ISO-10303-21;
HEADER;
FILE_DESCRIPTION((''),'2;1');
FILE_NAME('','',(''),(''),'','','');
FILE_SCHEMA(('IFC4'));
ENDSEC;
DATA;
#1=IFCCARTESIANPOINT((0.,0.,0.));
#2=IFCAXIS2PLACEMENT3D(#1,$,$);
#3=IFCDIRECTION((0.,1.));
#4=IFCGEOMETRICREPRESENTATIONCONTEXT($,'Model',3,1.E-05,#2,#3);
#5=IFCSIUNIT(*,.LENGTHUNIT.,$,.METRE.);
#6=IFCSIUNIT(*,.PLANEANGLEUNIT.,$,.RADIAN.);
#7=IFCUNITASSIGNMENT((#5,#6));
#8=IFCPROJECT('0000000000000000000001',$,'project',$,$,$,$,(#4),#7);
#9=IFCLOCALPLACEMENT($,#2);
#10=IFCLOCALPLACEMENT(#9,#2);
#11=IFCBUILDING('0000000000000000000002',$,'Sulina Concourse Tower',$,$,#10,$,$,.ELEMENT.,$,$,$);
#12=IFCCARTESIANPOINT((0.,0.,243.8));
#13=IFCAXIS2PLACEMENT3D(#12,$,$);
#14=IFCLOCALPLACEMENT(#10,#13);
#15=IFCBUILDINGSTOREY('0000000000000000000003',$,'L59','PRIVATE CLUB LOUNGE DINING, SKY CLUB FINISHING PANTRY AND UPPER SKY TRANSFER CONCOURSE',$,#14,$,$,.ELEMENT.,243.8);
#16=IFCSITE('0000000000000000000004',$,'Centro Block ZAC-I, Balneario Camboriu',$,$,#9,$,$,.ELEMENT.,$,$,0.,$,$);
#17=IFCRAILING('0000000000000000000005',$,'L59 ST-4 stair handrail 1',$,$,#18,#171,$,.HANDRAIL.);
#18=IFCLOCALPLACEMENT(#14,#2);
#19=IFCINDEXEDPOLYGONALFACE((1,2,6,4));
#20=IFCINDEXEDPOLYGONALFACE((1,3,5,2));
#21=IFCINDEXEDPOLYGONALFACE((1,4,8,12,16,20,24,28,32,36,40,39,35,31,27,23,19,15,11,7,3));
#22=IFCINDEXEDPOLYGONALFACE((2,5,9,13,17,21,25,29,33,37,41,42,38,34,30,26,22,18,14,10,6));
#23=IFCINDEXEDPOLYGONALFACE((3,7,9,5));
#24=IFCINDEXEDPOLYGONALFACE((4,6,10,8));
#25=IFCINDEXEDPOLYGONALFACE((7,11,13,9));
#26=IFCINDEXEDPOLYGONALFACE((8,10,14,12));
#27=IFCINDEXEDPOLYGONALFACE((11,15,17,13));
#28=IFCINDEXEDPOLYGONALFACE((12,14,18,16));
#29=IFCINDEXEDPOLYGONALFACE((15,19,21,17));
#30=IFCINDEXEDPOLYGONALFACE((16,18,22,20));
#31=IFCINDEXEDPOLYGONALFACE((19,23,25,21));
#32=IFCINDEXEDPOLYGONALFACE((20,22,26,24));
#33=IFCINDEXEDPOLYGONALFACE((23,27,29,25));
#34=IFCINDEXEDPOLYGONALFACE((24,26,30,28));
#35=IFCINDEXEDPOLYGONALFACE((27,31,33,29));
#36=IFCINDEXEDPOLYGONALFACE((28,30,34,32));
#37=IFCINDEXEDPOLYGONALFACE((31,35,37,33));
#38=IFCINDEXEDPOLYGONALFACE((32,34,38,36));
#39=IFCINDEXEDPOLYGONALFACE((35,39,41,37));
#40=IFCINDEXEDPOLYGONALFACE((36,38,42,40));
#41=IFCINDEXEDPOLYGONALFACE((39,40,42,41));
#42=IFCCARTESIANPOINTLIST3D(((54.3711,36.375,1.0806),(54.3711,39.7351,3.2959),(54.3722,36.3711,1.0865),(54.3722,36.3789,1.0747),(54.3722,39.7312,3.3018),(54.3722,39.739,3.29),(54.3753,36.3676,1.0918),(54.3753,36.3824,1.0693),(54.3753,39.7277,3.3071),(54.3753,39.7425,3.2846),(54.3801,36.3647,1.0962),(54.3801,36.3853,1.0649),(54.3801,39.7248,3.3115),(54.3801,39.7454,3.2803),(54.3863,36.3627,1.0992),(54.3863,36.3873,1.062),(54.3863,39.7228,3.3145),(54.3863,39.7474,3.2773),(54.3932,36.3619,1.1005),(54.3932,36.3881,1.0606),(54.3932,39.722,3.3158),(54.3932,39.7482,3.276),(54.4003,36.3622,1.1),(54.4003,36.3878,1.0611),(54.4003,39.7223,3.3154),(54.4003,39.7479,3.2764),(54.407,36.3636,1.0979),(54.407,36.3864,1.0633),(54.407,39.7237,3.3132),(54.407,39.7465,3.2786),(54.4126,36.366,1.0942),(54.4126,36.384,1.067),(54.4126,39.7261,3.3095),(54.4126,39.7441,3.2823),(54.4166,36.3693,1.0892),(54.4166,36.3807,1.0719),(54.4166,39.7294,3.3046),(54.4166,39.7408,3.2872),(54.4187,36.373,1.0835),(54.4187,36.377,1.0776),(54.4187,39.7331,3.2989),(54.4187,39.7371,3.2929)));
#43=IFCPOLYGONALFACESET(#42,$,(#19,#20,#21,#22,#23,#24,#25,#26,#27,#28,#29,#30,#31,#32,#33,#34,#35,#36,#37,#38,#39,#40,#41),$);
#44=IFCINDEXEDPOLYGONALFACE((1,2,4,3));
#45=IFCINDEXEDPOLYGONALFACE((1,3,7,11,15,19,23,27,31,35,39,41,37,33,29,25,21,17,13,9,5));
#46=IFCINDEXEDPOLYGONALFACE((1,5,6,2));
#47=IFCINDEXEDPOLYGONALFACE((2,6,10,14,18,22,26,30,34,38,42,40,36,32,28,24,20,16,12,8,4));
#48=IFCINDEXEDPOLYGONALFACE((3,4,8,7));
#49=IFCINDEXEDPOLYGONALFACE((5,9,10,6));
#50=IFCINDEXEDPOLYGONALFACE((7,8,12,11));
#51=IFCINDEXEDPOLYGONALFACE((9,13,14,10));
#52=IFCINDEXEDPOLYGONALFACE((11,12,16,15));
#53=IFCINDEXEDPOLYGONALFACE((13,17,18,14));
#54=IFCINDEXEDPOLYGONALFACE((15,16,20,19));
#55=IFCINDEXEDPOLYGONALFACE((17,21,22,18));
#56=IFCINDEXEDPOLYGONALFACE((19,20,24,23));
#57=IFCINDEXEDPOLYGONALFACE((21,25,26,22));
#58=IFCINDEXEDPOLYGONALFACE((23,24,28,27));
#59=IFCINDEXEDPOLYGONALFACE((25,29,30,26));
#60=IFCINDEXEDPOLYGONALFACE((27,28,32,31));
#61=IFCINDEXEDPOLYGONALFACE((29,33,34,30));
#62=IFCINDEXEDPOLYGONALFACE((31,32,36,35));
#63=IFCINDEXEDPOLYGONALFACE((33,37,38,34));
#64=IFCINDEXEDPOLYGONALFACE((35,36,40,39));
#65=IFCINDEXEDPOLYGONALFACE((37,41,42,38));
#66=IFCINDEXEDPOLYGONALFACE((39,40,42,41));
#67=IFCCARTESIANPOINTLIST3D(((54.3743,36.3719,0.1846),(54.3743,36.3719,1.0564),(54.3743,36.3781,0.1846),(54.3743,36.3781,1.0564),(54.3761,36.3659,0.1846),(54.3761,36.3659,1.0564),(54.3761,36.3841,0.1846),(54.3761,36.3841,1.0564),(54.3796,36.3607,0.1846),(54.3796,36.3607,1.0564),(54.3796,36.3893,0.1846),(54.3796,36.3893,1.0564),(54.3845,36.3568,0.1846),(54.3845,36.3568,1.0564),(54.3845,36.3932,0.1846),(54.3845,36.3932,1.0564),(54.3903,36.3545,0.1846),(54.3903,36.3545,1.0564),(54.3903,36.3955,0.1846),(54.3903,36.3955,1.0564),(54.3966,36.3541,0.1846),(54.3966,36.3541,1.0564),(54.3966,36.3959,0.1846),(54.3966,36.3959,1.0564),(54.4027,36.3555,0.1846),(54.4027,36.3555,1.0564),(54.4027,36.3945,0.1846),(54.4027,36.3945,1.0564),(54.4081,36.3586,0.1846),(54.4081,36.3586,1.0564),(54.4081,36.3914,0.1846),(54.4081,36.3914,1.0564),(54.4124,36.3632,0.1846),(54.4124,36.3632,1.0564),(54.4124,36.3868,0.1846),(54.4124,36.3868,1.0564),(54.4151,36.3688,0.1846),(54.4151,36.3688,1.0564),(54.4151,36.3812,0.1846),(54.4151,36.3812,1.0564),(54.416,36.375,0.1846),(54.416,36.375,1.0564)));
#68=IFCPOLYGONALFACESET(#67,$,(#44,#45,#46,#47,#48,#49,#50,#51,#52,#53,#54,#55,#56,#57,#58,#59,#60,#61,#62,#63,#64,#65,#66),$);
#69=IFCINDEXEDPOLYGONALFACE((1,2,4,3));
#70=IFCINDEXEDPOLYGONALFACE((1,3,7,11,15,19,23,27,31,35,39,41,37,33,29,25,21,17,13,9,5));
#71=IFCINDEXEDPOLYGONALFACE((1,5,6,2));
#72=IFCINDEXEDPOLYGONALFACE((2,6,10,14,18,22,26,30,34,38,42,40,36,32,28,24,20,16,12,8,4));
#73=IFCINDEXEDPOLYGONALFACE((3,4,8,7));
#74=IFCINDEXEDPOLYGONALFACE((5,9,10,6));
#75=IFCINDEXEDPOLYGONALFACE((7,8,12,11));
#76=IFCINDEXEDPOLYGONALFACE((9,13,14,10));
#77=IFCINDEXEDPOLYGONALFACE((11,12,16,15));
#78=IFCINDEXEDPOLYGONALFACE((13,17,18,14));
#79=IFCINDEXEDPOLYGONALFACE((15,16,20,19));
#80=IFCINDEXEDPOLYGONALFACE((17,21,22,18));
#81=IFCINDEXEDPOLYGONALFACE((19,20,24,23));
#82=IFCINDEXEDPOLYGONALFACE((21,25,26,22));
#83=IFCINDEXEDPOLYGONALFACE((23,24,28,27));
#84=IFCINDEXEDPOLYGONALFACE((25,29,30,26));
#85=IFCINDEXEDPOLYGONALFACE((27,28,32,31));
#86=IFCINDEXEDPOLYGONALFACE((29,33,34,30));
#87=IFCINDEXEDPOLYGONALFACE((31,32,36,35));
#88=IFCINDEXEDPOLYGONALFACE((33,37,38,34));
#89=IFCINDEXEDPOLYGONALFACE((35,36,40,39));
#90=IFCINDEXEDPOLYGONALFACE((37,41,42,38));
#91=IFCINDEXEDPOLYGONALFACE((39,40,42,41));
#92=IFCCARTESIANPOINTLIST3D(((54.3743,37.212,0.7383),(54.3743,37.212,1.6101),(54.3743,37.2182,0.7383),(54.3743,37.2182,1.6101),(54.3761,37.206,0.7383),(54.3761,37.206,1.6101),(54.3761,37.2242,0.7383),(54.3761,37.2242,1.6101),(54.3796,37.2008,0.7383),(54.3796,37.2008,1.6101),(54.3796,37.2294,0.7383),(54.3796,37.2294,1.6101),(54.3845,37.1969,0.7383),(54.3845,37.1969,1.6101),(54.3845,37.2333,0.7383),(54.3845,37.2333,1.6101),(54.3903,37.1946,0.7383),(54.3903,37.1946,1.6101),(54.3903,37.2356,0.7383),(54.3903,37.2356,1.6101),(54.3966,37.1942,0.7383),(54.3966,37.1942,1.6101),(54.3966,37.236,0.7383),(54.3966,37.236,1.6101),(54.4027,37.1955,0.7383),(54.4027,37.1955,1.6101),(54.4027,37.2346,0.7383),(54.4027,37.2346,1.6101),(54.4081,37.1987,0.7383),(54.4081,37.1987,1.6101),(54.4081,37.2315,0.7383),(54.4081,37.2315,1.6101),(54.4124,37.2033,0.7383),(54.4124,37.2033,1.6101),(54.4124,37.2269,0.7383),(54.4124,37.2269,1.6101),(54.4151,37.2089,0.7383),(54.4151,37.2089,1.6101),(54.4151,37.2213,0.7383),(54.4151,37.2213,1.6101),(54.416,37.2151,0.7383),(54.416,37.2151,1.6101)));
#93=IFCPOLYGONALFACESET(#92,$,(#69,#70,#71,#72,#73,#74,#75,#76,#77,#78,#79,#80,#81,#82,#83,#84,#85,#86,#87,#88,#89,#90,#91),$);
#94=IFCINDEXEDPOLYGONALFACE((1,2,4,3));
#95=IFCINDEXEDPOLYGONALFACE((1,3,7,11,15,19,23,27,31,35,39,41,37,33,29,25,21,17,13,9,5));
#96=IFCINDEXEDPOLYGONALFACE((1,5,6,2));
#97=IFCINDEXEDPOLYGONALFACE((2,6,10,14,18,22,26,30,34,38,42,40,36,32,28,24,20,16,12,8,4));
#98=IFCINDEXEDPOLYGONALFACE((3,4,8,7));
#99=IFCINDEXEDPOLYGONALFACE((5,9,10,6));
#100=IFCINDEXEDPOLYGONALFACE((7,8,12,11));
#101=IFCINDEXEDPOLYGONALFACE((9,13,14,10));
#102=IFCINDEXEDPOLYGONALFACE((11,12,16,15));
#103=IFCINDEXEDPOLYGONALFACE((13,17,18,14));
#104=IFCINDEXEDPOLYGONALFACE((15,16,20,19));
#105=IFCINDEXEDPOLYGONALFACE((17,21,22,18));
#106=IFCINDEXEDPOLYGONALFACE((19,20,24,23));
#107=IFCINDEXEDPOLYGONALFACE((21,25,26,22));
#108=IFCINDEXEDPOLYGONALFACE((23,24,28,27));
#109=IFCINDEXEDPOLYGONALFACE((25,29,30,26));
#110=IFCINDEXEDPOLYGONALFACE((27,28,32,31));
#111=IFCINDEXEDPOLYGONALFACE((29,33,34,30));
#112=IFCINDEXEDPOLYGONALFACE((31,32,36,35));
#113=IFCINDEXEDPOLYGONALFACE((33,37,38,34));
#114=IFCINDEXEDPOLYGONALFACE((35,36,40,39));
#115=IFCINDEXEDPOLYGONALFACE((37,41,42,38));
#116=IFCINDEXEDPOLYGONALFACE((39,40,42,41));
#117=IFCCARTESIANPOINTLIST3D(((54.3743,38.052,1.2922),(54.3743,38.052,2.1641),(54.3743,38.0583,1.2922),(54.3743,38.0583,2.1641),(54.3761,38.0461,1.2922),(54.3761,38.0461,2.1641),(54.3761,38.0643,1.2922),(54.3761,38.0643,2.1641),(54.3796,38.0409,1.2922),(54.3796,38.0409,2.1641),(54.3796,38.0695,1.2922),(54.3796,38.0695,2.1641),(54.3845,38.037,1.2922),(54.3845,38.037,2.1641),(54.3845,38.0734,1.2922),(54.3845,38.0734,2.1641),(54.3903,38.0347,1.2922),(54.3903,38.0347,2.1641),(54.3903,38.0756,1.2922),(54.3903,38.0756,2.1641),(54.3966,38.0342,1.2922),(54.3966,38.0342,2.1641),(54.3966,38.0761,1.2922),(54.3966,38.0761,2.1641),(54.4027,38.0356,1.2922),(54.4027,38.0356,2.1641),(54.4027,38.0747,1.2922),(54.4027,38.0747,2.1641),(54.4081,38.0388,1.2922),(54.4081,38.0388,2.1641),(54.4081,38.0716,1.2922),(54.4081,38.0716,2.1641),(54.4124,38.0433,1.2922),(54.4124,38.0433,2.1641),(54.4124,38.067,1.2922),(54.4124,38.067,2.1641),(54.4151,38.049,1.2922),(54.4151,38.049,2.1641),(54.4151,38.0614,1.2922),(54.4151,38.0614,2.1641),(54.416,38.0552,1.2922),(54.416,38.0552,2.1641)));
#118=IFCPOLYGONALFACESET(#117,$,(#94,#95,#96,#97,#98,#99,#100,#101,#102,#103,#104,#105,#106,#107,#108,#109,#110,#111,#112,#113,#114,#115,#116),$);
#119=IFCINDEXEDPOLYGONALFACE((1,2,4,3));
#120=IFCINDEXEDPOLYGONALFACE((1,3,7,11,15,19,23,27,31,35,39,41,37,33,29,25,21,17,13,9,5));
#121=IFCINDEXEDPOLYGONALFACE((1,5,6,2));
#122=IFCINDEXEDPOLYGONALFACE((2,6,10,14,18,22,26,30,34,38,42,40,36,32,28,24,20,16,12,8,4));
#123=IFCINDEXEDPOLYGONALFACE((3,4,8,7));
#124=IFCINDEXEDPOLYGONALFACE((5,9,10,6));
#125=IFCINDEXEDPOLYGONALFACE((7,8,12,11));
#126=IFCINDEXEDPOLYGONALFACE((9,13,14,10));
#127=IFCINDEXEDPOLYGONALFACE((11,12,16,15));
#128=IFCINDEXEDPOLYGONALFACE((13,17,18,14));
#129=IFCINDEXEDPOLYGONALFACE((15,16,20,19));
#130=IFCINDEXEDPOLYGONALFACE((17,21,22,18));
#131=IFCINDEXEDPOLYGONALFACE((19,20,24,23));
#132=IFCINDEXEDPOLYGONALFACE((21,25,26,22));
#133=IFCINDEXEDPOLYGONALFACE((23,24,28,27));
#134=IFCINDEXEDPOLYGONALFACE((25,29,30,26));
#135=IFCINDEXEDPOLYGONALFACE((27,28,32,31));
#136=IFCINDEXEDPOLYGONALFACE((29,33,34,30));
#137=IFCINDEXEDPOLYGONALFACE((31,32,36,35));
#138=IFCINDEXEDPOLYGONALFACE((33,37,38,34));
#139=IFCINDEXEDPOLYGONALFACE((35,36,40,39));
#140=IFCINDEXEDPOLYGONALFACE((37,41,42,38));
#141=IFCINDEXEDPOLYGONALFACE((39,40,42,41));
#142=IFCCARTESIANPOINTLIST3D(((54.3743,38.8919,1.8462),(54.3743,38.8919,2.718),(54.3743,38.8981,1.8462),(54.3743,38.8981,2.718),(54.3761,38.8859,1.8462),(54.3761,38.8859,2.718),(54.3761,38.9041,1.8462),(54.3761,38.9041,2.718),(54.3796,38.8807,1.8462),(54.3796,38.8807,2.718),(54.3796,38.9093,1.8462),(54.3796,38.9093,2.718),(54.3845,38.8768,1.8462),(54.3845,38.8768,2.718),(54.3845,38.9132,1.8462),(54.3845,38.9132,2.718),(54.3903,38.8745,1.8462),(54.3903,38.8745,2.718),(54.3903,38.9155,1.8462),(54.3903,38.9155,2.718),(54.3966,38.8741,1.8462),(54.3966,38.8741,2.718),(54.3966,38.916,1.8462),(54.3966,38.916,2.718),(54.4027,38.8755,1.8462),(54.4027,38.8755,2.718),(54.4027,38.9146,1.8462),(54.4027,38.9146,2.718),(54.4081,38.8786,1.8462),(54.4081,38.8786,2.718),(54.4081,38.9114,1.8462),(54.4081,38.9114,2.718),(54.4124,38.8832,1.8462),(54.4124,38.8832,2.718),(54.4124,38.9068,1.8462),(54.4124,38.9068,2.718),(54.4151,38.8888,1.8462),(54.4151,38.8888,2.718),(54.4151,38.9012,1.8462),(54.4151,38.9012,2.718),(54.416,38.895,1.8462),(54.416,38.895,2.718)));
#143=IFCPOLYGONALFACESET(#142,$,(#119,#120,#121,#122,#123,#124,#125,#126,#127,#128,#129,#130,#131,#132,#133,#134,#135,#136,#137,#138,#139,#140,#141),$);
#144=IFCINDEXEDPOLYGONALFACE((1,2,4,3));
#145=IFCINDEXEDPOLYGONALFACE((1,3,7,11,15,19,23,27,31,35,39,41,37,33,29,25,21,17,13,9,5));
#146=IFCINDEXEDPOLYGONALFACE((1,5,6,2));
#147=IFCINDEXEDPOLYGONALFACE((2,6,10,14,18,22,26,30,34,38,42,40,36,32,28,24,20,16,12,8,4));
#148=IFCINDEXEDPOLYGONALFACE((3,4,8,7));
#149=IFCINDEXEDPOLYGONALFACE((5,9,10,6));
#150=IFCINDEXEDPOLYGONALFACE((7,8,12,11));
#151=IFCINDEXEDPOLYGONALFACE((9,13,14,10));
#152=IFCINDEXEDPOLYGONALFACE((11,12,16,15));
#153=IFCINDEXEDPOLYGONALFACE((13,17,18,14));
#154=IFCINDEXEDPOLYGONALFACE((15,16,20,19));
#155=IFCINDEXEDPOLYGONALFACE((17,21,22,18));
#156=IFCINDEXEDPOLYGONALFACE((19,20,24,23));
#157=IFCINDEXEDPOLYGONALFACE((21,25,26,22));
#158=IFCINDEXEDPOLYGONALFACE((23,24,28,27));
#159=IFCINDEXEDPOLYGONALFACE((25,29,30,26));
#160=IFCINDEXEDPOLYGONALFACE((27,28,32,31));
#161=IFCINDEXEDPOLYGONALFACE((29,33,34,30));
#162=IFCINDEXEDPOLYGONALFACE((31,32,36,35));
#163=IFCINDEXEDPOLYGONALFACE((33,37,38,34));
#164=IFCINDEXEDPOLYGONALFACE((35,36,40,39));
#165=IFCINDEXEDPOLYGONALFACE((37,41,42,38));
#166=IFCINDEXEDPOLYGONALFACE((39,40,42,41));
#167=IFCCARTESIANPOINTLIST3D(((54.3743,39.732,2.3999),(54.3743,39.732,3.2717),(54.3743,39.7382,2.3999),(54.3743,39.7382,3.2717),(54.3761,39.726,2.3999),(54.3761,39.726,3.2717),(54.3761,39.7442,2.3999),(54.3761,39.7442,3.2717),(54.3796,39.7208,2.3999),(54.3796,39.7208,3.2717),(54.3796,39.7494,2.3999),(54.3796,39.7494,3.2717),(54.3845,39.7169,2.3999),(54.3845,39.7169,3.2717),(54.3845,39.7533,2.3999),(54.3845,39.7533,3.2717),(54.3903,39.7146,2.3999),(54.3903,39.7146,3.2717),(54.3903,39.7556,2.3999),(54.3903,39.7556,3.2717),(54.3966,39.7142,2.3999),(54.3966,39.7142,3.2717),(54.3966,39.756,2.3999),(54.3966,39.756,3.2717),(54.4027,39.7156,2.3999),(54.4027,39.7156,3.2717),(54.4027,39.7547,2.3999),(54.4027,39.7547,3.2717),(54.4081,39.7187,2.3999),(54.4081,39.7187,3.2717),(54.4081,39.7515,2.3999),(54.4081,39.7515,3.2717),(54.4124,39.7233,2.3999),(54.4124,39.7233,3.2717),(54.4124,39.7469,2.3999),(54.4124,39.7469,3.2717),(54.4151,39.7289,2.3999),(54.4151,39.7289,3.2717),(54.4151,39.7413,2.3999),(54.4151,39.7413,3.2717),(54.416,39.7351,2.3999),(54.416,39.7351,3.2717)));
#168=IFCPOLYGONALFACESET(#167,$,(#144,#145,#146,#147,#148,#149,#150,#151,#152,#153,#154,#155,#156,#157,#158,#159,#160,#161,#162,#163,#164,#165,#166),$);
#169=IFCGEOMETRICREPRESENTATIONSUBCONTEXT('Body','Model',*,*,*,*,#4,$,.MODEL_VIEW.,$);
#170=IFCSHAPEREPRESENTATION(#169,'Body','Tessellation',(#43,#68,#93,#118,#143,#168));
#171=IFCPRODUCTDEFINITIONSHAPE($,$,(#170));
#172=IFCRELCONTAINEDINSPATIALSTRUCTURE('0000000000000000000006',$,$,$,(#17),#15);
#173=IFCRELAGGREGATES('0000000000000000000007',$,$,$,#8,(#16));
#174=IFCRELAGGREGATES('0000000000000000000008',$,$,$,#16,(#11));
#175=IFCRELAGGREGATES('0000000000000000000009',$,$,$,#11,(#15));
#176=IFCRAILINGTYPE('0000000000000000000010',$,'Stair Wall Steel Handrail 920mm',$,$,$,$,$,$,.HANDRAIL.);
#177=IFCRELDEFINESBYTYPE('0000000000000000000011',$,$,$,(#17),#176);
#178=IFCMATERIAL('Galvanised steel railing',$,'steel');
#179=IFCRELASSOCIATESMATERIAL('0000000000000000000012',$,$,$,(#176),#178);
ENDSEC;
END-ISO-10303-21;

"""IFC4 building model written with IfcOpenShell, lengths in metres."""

from ifc_helpers import new_model, si_unit, direction, frame, origin, origin_2d, place, context, subcontext, project, spatial, circle, extrude, material, type_object, element, save


model = new_model("IFC4")

# Units and contexts
model_context = context("Model", 3, precision=1e-05, world=origin(), true_north=direction((0.0, 1.0)))
body_context = subcontext(model_context, "Body", "Model", "MODEL_VIEW")
ifc_project = project(units=[si_unit("LENGTHUNIT", "METRE"), si_unit("PLANEANGLEUNIT", "RADIAN")], contexts=[model_context])

# Site, building, storey
site_placement = place(None, origin())
site = spatial("IfcSite", under=ifc_project, at=site_placement, Name="Centro Block ZAC-I, Balneario Camboriu", CompositionType="ELEMENT", RefElevation=0.0)
building_placement = place(site_placement, origin())
building = spatial("IfcBuilding", under=site, at=building_placement, Name="Sulina Concourse Tower", CompositionType="ELEMENT")
storey_placement = place(building_placement, frame((0.0, 0.0, 243.8)))
storey = spatial("IfcBuildingStorey", under=building, at=storey_placement, Name="L59", Description="PRIVATE CLUB LOUNGE DINING, SKY CLUB FINISHING PANTRY AND UPPER SKY TRANSFER CONCOURSE", CompositionType="ELEMENT", Elevation=243.8)

# Railing
ifc_material_1 = material(Name="Galvanised steel railing", Category="steel")
railing_type_1 = type_object("IfcRailingType", Name="Stair Wall Steel Handrail 920mm", PredefinedType="HANDRAIL", material=ifc_material_1)
railing_1_placement = place(storey_placement, frame((54.395, 36.375, 0.1846)))
element("IfcRailing", 1, at=railing_1_placement, inside=storey, type_object=railing_type_1, Name="L59 ST-4 stair handrail 1", PredefinedType="HANDRAIL", context=body_context, shape_type="SweptSolid", body=[
    extrude(circle(Radius=0.0239, at=origin_2d()), frame((0.0, 0.0, 0.896), z_axis=(0.0, 0.834876, 0.550437), x_axis=(-1.0, 0.0, 0.0)), (0.0, 0.0, 1.0), 4.0247),
    extrude(circle(Radius=0.021, at=origin_2d()), origin(), (0.0, 0.0, 1.0), 0.8718),
    extrude(circle(Radius=0.021, at=origin_2d()), frame((0.0, 0.8401, 0.5537)), (0.0, 0.0, 1.0), 0.8718),
    extrude(circle(Radius=0.021, at=origin_2d()), frame((0.0, 1.6802, 1.1077)), (0.0, 0.0, 1.0), 0.8718),
    extrude(circle(Radius=0.021, at=origin_2d()), frame((0.0, 2.52, 1.6616)), (0.0, 0.0, 1.0), 0.8718),
    extrude(circle(Radius=0.021, at=origin_2d()), frame((0.0, 3.3601, 2.2153)), (0.0, 0.0, 1.0), 0.8718),
])

save(model, "model.ifc")
